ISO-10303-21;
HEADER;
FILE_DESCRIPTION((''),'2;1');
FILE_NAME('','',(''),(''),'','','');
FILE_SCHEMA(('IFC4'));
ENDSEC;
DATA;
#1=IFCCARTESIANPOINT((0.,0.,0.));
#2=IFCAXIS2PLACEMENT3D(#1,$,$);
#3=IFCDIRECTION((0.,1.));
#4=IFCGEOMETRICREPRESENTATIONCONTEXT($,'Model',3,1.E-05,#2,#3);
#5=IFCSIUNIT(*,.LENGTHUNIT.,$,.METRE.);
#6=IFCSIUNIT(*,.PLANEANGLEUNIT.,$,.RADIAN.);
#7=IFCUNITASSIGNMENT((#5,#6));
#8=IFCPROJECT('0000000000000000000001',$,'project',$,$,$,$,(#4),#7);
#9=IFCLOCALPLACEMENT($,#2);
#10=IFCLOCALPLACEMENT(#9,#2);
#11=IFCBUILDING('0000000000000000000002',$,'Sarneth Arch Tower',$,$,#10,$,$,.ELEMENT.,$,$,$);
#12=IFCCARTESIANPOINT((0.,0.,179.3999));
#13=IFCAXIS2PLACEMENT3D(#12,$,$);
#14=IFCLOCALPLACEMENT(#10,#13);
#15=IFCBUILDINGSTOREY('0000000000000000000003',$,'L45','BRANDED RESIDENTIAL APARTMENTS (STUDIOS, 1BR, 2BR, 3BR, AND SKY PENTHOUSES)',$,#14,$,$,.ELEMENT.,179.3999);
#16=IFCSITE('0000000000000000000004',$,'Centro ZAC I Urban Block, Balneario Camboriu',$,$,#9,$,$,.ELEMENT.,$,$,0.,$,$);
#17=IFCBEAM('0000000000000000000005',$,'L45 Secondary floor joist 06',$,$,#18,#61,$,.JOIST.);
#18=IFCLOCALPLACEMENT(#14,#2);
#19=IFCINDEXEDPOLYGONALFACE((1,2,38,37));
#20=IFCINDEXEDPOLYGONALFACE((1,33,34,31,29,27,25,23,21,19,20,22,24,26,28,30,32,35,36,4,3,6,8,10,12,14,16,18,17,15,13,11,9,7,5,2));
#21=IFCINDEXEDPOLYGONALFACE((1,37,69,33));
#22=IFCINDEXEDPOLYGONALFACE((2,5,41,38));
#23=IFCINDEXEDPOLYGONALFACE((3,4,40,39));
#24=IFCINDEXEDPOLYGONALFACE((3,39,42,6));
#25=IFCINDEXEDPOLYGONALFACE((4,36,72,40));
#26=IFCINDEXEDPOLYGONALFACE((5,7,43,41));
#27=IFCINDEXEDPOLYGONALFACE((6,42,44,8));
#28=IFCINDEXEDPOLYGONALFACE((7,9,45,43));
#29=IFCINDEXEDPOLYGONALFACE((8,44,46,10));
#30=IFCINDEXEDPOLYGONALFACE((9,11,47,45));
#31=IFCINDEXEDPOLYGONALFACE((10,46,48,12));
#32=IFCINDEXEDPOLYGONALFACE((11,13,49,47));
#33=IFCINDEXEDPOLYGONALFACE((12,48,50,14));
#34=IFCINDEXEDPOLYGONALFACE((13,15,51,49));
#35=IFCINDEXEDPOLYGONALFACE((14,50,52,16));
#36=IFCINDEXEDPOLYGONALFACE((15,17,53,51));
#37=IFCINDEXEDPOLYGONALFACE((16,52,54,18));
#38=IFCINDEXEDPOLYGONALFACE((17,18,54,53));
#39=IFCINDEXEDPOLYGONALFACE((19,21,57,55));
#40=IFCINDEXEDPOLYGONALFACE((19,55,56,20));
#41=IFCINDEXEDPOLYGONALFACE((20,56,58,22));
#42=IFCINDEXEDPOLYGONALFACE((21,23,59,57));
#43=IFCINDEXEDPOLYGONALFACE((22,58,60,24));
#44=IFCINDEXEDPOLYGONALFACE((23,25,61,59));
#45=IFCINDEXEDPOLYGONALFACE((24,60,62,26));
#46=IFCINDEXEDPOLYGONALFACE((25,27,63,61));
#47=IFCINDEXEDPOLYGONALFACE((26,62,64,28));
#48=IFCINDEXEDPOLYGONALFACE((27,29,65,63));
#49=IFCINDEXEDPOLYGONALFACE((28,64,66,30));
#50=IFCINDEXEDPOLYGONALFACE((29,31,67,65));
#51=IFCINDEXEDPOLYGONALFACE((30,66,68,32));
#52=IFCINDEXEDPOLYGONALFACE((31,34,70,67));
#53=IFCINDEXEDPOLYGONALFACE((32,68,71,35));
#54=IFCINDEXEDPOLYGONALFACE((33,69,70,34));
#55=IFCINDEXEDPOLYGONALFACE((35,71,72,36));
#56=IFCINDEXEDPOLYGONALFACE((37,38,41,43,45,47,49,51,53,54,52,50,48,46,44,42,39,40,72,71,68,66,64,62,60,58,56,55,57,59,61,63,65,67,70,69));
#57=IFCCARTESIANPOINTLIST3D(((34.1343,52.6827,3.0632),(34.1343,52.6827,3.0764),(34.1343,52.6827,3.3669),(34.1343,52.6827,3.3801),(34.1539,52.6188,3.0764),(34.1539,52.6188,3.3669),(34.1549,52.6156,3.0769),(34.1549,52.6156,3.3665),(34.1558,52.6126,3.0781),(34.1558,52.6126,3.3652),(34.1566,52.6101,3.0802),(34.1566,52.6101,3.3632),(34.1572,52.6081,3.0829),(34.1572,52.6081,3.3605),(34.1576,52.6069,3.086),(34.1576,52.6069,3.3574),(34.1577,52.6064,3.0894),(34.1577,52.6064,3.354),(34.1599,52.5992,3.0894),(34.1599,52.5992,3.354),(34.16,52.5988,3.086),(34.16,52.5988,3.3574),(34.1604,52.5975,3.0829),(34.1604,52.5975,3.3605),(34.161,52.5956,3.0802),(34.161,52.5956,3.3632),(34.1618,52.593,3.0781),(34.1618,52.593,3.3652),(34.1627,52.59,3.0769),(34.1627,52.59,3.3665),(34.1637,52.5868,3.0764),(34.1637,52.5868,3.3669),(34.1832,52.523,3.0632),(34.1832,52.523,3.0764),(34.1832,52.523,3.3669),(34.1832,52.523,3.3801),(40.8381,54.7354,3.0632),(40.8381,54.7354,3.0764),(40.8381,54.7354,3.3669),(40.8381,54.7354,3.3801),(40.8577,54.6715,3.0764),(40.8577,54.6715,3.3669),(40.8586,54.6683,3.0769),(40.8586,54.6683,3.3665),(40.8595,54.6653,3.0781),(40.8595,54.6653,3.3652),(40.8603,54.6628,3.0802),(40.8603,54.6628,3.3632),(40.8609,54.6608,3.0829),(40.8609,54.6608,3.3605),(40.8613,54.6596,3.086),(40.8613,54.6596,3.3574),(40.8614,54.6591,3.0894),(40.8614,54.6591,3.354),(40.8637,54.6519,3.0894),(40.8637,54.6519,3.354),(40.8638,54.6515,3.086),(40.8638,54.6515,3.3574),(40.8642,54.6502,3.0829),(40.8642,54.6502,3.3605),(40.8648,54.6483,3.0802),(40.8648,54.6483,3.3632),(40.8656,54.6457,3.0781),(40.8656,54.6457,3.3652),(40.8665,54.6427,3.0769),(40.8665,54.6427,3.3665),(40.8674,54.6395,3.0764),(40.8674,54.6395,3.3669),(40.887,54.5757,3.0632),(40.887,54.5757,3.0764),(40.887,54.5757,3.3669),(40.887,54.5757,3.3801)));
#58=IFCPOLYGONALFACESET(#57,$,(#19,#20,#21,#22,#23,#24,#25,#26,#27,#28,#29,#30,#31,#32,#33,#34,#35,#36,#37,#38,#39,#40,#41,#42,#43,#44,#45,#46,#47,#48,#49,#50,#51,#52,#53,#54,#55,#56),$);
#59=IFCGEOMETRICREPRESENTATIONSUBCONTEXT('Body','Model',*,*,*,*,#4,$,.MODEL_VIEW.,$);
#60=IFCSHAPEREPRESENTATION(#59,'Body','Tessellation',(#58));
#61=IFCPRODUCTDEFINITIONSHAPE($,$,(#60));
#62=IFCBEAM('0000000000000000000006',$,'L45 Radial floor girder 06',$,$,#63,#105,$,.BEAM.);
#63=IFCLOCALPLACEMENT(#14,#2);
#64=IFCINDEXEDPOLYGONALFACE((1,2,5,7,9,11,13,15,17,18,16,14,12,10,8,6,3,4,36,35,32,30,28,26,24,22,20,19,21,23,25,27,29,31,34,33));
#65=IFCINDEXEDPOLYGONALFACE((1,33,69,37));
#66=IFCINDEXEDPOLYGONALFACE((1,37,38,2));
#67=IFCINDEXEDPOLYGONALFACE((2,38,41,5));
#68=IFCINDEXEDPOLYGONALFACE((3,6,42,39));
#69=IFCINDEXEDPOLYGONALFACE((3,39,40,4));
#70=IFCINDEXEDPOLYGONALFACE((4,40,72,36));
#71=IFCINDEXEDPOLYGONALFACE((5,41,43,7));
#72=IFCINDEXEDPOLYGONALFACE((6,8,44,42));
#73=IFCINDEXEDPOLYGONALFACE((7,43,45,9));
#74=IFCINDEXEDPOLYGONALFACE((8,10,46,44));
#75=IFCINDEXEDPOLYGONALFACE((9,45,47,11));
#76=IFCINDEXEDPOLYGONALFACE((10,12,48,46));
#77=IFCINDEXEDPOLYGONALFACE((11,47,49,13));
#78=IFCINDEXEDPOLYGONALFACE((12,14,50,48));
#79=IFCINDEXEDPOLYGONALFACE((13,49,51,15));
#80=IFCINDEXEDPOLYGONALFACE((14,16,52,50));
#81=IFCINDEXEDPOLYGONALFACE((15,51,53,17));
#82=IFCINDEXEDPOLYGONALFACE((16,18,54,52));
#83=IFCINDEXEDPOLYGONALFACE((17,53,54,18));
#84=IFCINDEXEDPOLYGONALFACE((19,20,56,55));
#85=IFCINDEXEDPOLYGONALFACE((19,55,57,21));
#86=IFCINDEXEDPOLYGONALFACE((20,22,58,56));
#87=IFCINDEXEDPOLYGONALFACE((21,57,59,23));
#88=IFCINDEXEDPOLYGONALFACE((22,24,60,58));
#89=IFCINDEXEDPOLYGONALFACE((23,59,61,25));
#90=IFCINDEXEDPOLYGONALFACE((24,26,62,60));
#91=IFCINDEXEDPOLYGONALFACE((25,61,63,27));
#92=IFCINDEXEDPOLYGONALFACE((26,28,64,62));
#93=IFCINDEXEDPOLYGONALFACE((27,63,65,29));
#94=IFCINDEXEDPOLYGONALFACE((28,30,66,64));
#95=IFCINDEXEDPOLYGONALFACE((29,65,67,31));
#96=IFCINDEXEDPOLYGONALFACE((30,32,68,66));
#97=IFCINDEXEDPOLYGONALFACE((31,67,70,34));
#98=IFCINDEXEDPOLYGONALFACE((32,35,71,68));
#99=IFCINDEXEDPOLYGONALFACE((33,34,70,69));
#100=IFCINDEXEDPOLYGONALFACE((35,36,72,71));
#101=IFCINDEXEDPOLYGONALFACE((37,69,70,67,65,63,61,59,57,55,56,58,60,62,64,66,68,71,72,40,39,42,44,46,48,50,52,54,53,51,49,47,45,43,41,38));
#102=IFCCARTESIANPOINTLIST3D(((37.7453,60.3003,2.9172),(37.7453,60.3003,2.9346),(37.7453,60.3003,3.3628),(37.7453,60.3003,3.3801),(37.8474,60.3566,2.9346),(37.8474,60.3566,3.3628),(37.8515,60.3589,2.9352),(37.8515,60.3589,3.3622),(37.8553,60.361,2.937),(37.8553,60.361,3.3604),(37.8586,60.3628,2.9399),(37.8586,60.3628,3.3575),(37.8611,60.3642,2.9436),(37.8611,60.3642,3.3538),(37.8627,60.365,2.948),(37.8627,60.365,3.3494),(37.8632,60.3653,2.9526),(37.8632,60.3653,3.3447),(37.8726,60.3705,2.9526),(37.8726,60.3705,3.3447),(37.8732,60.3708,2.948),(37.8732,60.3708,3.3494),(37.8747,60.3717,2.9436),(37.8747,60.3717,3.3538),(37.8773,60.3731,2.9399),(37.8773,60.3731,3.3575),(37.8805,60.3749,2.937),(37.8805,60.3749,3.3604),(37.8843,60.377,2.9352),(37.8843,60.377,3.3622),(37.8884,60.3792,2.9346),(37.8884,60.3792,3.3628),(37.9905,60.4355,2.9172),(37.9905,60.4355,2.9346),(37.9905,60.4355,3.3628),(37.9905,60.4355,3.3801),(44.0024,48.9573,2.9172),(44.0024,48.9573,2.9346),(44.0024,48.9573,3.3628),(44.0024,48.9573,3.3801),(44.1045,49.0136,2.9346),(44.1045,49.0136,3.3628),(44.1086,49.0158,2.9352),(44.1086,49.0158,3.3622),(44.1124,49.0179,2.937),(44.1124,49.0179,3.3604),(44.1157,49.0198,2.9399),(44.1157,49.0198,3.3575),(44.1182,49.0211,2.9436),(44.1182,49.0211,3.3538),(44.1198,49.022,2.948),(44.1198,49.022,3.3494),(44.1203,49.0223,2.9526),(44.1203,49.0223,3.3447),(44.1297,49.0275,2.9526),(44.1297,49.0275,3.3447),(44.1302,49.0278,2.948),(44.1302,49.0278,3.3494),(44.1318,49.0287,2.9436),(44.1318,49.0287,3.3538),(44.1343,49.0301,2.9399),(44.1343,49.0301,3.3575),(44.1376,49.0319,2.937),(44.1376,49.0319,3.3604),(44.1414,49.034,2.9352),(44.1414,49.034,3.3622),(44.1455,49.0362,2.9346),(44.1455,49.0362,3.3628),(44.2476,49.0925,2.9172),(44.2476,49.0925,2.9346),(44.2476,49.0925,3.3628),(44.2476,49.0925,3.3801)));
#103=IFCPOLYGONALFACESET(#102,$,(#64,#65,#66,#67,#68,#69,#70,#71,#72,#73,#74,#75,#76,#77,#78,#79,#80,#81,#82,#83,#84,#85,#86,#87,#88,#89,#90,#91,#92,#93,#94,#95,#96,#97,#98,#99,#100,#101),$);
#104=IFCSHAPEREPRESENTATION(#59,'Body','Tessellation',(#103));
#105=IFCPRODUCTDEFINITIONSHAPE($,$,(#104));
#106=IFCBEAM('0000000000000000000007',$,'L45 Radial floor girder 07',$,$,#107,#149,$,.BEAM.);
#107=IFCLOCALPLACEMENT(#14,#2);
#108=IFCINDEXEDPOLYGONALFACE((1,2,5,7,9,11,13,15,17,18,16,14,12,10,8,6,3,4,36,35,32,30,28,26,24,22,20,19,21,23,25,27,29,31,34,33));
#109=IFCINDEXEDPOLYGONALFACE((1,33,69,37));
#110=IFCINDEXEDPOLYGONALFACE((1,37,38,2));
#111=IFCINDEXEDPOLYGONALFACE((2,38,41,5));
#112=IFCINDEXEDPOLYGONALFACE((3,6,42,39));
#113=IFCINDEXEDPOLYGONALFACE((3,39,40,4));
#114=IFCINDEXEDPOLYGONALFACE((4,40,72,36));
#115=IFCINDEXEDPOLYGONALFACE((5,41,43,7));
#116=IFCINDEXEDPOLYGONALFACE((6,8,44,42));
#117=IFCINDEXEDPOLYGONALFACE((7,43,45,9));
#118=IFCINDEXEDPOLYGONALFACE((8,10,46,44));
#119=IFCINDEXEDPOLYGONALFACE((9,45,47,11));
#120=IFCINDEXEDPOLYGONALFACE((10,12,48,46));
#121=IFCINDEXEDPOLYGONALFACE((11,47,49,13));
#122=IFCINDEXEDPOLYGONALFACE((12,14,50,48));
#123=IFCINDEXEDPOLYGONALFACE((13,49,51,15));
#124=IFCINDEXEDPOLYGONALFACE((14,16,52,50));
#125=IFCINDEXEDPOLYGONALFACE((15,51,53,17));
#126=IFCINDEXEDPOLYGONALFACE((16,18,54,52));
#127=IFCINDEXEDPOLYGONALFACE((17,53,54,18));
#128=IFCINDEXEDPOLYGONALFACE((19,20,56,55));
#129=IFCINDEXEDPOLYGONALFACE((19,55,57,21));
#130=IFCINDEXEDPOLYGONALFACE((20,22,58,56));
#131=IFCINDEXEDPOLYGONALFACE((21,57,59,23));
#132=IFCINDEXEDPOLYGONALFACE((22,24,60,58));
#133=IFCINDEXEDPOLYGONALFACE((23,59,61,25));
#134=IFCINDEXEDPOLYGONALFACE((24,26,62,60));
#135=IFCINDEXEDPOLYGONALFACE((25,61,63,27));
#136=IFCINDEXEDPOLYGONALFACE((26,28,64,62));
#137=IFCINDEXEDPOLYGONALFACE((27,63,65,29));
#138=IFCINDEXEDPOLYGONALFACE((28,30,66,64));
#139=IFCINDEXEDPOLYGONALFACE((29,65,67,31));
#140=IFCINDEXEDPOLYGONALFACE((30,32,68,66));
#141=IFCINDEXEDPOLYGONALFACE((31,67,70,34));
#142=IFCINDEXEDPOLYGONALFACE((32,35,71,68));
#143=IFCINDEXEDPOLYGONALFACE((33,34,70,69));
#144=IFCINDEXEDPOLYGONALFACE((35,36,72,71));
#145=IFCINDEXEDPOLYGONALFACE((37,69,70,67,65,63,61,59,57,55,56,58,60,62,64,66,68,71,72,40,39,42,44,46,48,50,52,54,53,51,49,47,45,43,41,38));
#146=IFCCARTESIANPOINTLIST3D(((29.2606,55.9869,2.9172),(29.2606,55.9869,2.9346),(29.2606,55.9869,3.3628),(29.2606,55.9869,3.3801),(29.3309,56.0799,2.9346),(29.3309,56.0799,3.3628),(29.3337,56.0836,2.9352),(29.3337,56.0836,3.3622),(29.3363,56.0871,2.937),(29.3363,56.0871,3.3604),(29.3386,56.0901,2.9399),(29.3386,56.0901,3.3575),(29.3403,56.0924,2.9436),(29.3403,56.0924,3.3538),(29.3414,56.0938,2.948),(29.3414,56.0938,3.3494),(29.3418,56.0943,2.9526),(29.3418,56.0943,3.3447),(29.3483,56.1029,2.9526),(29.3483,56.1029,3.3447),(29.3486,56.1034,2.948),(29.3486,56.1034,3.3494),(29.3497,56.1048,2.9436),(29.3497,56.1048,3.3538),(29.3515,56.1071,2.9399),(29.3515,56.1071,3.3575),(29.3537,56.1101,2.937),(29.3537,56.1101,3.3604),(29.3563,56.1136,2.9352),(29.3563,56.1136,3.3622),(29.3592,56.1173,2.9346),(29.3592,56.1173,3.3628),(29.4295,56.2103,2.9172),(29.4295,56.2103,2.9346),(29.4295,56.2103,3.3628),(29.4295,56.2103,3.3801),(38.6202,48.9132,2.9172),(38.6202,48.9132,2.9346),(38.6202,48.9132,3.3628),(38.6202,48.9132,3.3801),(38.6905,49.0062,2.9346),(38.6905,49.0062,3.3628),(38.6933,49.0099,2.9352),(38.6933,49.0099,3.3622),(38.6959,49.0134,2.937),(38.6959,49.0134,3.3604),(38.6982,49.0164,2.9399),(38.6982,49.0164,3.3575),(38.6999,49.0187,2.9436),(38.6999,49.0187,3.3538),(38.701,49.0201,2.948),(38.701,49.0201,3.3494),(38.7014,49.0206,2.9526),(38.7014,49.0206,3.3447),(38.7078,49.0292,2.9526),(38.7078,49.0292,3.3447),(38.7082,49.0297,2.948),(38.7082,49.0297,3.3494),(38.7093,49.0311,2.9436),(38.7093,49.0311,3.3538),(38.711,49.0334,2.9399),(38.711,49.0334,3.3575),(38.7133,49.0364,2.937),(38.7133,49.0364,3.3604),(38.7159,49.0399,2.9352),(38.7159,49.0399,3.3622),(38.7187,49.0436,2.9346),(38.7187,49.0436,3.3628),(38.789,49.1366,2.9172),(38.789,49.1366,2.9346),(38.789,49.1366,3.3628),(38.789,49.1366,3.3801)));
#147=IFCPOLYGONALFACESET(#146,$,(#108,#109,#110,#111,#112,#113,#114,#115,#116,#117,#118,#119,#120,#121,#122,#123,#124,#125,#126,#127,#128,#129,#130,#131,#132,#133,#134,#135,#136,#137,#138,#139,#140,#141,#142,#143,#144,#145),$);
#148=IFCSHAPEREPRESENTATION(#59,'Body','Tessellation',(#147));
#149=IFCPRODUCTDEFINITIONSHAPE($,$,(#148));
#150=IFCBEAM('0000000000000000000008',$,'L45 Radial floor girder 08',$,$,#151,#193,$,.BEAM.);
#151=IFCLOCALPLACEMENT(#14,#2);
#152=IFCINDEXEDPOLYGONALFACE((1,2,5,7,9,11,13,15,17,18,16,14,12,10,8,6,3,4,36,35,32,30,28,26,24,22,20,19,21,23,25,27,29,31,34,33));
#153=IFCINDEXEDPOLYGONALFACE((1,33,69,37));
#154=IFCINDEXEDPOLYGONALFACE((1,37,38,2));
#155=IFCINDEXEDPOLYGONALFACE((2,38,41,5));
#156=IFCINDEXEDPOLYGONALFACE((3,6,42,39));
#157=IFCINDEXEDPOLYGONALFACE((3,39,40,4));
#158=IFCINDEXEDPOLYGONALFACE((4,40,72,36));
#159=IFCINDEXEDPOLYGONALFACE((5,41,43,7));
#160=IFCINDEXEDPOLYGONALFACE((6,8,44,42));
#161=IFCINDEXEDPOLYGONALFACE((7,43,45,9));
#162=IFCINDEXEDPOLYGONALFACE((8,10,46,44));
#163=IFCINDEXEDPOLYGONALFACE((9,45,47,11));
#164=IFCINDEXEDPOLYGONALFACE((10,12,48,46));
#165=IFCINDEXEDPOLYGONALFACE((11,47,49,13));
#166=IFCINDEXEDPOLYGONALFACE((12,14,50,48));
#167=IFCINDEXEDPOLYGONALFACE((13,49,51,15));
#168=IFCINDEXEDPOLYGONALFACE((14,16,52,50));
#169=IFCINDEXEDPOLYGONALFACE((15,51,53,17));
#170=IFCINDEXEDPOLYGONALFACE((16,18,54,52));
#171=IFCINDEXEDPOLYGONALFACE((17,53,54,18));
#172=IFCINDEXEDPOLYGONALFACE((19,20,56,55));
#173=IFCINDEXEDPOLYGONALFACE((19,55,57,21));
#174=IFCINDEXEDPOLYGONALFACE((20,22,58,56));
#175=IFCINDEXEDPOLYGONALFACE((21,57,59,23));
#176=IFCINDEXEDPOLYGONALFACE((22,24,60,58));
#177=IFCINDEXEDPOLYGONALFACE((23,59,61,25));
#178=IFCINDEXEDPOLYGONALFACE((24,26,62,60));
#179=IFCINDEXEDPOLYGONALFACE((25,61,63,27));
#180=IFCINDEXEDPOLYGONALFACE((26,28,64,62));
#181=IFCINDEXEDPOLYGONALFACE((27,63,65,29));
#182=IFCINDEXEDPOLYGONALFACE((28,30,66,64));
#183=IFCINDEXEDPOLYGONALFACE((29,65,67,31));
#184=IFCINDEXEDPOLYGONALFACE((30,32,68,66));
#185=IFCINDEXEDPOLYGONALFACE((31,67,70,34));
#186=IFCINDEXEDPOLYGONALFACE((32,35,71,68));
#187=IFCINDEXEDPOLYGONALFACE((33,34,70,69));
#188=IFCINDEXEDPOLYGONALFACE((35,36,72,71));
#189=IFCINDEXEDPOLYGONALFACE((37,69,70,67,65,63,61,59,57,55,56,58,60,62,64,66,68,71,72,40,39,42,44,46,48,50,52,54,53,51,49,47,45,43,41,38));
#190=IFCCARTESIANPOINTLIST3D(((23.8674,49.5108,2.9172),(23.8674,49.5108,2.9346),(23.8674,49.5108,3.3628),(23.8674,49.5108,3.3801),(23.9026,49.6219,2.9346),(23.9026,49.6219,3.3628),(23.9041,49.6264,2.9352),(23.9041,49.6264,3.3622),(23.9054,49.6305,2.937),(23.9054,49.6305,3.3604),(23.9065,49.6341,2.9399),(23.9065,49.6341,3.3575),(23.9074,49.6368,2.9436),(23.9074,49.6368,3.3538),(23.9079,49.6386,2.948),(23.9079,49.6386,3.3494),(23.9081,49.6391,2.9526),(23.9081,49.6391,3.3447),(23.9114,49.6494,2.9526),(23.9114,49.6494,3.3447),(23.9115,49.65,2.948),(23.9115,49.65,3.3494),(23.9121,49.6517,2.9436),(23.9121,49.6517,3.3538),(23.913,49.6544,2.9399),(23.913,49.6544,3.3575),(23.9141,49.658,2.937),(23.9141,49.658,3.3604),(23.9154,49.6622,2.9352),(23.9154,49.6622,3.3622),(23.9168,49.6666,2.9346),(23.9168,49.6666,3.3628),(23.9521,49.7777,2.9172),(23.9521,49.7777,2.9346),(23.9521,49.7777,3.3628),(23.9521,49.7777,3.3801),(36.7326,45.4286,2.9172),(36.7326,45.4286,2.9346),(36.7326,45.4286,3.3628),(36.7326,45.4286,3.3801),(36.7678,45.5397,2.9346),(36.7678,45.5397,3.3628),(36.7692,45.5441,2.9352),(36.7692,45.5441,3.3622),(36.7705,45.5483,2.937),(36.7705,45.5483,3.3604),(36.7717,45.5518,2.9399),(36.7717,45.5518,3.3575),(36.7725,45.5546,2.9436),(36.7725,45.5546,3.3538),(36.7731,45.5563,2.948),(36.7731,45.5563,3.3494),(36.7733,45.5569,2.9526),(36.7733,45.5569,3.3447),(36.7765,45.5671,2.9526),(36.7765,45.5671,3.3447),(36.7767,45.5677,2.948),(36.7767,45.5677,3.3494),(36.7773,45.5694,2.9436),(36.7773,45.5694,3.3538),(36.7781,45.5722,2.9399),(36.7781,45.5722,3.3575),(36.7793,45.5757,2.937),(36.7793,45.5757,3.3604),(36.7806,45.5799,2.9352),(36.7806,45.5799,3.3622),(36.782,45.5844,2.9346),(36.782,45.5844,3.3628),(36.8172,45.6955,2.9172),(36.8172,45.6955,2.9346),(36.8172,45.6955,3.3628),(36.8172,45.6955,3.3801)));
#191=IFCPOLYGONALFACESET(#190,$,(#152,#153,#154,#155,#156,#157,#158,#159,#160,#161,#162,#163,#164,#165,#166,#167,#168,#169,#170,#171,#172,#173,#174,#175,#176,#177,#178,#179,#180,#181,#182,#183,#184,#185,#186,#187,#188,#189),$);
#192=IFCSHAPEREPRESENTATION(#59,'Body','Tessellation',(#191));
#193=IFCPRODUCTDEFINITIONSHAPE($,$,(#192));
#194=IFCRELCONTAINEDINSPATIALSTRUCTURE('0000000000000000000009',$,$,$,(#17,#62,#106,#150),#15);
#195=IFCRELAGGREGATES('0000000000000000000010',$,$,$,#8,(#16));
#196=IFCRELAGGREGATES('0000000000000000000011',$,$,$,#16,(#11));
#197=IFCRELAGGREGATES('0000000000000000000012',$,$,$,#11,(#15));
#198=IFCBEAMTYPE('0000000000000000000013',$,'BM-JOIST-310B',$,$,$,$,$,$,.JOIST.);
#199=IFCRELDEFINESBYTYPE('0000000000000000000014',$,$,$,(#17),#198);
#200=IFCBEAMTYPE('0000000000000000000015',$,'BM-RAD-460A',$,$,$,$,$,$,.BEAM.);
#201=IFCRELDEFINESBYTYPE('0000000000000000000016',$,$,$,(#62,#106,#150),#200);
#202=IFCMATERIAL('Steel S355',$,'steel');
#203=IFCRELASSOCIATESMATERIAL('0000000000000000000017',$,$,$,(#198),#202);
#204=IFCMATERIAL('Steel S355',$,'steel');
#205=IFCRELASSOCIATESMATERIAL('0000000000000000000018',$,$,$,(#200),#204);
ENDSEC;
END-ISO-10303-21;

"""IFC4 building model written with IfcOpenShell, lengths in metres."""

from ifc_helpers import new_model, si_unit, direction, frame, origin, origin_2d, place, context, subcontext, project, spatial, i_section, extrude, material, material_profile, profile_set, type_object, element, save


model = new_model("IFC4")

# Units and contexts
model_context = context("Model", 3, precision=1e-05, world=origin(), true_north=direction((0.0, 1.0)))
body_context = subcontext(model_context, "Body", "Model", "MODEL_VIEW")
ifc_project = project(units=[si_unit("LENGTHUNIT", "METRE"), si_unit("PLANEANGLEUNIT", "RADIAN")], contexts=[model_context])

# Site, building, storey
site_placement = place(None, origin())
site = spatial("IfcSite", under=ifc_project, at=site_placement, Name="Centro ZAC I Urban Block, Balneario Camboriu", CompositionType="ELEMENT", RefElevation=0.0)
building_placement = place(site_placement, origin())
building = spatial("IfcBuilding", under=site, at=building_placement, Name="Sarneth Arch Tower", CompositionType="ELEMENT")
storey_placement = place(building_placement, frame((0.0, 0.0, 179.3999)))
storey = spatial("IfcBuildingStorey", under=building, at=storey_placement, Name="L45", Description="BRANDED RESIDENTIAL APARTMENTS (STUDIOS, 1BR, 2BR, 3BR, AND SKY PENTHOUSES)", CompositionType="ELEMENT", Elevation=179.3999)

# Beams
ifc_material_1 = material(Name="Steel S355", Category="steel")
ifc_material_profile_1 = material_profile(ifc_material_1, i_section(OverallWidth=0.167, OverallDepth=0.3169, WebThickness=0.0076, FlangeThickness=0.0132, FilletRadius=0.0129, at=origin_2d()), Name="W310x52")
ifc_profile_set_1 = profile_set([ifc_material_profile_1], Name="Steel S355")
beam_type_1 = type_object("IfcBeamType", Name="BM-JOIST-310B", PredefinedType="JOIST", material=ifc_profile_set_1)
beam_1_placement = place(storey_placement, frame((40.8625, 54.6555, 3.2217), z_axis=(-0.956179, -0.292784, 0.0), x_axis=(0.292784, -0.956179, 0.0)))
element("IfcBeam", 1, at=beam_1_placement, inside=storey, type_object=beam_type_1, Name="L45 Secondary floor joist 06", PredefinedType="JOIST", context=body_context, shape_type="SweptSolid", body=[
    extrude(i_section(OverallWidth=0.167, OverallDepth=0.3169, WebThickness=0.0076, FlangeThickness=0.0132, FilletRadius=0.0129, at=origin_2d()), origin(), (0.0, 0.0, 1.0), 7.011),
])
ifc_material_2 = material(Name="Steel S355", Category="steel")
ifc_material_profile_2 = material_profile(ifc_material_2, i_section(OverallWidth=0.28, OverallDepth=0.4629, WebThickness=0.0107, FlangeThickness=0.0173, FilletRadius=0.0181, at=origin_2d()), Name="W460x113")
ifc_profile_set_2 = profile_set([ifc_material_profile_2], Name="Steel S355")
beam_type_2 = type_object("IfcBeamType", Name="BM-RAD-460A", PredefinedType="BEAM", material=ifc_profile_set_2)
beam_2_placement = place(storey_placement, frame((44.125, 49.0249, 3.1487), z_axis=(-0.48301, 0.875615, 0.0), x_axis=(-0.875615, -0.48301, 0.0)))
element("IfcBeam", 2, at=beam_2_placement, inside=storey, type_object=beam_type_2, Name="L45 Radial floor girder 06", PredefinedType="BEAM", context=body_context, shape_type="SweptSolid", body=[
    extrude(i_section(OverallWidth=0.28, OverallDepth=0.4629, WebThickness=0.0107, FlangeThickness=0.0173, FilletRadius=0.0181, at=origin_2d()), origin(), (0.0, 0.0, 1.0), 12.9543),
])
beam_3_placement = place(storey_placement, frame((38.7046, 49.0249, 3.1487), z_axis=(-0.797785, 0.602943, 0.0), x_axis=(-0.602943, -0.797785, 0.0)))
element("IfcBeam", 3, at=beam_3_placement, inside=storey, type_object=beam_type_2, Name="L45 Radial floor girder 07", PredefinedType="BEAM", context=body_context, shape_type="SweptSolid", body=[
    extrude(i_section(OverallWidth=0.28, OverallDepth=0.4629, WebThickness=0.0107, FlangeThickness=0.0173, FilletRadius=0.0181, at=origin_2d()), origin(), (0.0, 0.0, 1.0), 11.7319),
])
beam_4_placement = place(storey_placement, frame((36.7749, 45.562, 3.1487), z_axis=(-0.953165, 0.302449, 0.0), x_axis=(-0.302449, -0.953165, 0.0)))
element("IfcBeam", 4, at=beam_4_placement, inside=storey, type_object=beam_type_2, Name="L45 Radial floor girder 08", PredefinedType="BEAM", context=body_context, shape_type="SweptSolid", body=[
    extrude(i_section(OverallWidth=0.28, OverallDepth=0.4629, WebThickness=0.0107, FlangeThickness=0.0173, FilletRadius=0.0181, at=origin_2d()), origin(), (0.0, 0.0, 1.0), 13.4973),
])

save(model, "model.ifc")
